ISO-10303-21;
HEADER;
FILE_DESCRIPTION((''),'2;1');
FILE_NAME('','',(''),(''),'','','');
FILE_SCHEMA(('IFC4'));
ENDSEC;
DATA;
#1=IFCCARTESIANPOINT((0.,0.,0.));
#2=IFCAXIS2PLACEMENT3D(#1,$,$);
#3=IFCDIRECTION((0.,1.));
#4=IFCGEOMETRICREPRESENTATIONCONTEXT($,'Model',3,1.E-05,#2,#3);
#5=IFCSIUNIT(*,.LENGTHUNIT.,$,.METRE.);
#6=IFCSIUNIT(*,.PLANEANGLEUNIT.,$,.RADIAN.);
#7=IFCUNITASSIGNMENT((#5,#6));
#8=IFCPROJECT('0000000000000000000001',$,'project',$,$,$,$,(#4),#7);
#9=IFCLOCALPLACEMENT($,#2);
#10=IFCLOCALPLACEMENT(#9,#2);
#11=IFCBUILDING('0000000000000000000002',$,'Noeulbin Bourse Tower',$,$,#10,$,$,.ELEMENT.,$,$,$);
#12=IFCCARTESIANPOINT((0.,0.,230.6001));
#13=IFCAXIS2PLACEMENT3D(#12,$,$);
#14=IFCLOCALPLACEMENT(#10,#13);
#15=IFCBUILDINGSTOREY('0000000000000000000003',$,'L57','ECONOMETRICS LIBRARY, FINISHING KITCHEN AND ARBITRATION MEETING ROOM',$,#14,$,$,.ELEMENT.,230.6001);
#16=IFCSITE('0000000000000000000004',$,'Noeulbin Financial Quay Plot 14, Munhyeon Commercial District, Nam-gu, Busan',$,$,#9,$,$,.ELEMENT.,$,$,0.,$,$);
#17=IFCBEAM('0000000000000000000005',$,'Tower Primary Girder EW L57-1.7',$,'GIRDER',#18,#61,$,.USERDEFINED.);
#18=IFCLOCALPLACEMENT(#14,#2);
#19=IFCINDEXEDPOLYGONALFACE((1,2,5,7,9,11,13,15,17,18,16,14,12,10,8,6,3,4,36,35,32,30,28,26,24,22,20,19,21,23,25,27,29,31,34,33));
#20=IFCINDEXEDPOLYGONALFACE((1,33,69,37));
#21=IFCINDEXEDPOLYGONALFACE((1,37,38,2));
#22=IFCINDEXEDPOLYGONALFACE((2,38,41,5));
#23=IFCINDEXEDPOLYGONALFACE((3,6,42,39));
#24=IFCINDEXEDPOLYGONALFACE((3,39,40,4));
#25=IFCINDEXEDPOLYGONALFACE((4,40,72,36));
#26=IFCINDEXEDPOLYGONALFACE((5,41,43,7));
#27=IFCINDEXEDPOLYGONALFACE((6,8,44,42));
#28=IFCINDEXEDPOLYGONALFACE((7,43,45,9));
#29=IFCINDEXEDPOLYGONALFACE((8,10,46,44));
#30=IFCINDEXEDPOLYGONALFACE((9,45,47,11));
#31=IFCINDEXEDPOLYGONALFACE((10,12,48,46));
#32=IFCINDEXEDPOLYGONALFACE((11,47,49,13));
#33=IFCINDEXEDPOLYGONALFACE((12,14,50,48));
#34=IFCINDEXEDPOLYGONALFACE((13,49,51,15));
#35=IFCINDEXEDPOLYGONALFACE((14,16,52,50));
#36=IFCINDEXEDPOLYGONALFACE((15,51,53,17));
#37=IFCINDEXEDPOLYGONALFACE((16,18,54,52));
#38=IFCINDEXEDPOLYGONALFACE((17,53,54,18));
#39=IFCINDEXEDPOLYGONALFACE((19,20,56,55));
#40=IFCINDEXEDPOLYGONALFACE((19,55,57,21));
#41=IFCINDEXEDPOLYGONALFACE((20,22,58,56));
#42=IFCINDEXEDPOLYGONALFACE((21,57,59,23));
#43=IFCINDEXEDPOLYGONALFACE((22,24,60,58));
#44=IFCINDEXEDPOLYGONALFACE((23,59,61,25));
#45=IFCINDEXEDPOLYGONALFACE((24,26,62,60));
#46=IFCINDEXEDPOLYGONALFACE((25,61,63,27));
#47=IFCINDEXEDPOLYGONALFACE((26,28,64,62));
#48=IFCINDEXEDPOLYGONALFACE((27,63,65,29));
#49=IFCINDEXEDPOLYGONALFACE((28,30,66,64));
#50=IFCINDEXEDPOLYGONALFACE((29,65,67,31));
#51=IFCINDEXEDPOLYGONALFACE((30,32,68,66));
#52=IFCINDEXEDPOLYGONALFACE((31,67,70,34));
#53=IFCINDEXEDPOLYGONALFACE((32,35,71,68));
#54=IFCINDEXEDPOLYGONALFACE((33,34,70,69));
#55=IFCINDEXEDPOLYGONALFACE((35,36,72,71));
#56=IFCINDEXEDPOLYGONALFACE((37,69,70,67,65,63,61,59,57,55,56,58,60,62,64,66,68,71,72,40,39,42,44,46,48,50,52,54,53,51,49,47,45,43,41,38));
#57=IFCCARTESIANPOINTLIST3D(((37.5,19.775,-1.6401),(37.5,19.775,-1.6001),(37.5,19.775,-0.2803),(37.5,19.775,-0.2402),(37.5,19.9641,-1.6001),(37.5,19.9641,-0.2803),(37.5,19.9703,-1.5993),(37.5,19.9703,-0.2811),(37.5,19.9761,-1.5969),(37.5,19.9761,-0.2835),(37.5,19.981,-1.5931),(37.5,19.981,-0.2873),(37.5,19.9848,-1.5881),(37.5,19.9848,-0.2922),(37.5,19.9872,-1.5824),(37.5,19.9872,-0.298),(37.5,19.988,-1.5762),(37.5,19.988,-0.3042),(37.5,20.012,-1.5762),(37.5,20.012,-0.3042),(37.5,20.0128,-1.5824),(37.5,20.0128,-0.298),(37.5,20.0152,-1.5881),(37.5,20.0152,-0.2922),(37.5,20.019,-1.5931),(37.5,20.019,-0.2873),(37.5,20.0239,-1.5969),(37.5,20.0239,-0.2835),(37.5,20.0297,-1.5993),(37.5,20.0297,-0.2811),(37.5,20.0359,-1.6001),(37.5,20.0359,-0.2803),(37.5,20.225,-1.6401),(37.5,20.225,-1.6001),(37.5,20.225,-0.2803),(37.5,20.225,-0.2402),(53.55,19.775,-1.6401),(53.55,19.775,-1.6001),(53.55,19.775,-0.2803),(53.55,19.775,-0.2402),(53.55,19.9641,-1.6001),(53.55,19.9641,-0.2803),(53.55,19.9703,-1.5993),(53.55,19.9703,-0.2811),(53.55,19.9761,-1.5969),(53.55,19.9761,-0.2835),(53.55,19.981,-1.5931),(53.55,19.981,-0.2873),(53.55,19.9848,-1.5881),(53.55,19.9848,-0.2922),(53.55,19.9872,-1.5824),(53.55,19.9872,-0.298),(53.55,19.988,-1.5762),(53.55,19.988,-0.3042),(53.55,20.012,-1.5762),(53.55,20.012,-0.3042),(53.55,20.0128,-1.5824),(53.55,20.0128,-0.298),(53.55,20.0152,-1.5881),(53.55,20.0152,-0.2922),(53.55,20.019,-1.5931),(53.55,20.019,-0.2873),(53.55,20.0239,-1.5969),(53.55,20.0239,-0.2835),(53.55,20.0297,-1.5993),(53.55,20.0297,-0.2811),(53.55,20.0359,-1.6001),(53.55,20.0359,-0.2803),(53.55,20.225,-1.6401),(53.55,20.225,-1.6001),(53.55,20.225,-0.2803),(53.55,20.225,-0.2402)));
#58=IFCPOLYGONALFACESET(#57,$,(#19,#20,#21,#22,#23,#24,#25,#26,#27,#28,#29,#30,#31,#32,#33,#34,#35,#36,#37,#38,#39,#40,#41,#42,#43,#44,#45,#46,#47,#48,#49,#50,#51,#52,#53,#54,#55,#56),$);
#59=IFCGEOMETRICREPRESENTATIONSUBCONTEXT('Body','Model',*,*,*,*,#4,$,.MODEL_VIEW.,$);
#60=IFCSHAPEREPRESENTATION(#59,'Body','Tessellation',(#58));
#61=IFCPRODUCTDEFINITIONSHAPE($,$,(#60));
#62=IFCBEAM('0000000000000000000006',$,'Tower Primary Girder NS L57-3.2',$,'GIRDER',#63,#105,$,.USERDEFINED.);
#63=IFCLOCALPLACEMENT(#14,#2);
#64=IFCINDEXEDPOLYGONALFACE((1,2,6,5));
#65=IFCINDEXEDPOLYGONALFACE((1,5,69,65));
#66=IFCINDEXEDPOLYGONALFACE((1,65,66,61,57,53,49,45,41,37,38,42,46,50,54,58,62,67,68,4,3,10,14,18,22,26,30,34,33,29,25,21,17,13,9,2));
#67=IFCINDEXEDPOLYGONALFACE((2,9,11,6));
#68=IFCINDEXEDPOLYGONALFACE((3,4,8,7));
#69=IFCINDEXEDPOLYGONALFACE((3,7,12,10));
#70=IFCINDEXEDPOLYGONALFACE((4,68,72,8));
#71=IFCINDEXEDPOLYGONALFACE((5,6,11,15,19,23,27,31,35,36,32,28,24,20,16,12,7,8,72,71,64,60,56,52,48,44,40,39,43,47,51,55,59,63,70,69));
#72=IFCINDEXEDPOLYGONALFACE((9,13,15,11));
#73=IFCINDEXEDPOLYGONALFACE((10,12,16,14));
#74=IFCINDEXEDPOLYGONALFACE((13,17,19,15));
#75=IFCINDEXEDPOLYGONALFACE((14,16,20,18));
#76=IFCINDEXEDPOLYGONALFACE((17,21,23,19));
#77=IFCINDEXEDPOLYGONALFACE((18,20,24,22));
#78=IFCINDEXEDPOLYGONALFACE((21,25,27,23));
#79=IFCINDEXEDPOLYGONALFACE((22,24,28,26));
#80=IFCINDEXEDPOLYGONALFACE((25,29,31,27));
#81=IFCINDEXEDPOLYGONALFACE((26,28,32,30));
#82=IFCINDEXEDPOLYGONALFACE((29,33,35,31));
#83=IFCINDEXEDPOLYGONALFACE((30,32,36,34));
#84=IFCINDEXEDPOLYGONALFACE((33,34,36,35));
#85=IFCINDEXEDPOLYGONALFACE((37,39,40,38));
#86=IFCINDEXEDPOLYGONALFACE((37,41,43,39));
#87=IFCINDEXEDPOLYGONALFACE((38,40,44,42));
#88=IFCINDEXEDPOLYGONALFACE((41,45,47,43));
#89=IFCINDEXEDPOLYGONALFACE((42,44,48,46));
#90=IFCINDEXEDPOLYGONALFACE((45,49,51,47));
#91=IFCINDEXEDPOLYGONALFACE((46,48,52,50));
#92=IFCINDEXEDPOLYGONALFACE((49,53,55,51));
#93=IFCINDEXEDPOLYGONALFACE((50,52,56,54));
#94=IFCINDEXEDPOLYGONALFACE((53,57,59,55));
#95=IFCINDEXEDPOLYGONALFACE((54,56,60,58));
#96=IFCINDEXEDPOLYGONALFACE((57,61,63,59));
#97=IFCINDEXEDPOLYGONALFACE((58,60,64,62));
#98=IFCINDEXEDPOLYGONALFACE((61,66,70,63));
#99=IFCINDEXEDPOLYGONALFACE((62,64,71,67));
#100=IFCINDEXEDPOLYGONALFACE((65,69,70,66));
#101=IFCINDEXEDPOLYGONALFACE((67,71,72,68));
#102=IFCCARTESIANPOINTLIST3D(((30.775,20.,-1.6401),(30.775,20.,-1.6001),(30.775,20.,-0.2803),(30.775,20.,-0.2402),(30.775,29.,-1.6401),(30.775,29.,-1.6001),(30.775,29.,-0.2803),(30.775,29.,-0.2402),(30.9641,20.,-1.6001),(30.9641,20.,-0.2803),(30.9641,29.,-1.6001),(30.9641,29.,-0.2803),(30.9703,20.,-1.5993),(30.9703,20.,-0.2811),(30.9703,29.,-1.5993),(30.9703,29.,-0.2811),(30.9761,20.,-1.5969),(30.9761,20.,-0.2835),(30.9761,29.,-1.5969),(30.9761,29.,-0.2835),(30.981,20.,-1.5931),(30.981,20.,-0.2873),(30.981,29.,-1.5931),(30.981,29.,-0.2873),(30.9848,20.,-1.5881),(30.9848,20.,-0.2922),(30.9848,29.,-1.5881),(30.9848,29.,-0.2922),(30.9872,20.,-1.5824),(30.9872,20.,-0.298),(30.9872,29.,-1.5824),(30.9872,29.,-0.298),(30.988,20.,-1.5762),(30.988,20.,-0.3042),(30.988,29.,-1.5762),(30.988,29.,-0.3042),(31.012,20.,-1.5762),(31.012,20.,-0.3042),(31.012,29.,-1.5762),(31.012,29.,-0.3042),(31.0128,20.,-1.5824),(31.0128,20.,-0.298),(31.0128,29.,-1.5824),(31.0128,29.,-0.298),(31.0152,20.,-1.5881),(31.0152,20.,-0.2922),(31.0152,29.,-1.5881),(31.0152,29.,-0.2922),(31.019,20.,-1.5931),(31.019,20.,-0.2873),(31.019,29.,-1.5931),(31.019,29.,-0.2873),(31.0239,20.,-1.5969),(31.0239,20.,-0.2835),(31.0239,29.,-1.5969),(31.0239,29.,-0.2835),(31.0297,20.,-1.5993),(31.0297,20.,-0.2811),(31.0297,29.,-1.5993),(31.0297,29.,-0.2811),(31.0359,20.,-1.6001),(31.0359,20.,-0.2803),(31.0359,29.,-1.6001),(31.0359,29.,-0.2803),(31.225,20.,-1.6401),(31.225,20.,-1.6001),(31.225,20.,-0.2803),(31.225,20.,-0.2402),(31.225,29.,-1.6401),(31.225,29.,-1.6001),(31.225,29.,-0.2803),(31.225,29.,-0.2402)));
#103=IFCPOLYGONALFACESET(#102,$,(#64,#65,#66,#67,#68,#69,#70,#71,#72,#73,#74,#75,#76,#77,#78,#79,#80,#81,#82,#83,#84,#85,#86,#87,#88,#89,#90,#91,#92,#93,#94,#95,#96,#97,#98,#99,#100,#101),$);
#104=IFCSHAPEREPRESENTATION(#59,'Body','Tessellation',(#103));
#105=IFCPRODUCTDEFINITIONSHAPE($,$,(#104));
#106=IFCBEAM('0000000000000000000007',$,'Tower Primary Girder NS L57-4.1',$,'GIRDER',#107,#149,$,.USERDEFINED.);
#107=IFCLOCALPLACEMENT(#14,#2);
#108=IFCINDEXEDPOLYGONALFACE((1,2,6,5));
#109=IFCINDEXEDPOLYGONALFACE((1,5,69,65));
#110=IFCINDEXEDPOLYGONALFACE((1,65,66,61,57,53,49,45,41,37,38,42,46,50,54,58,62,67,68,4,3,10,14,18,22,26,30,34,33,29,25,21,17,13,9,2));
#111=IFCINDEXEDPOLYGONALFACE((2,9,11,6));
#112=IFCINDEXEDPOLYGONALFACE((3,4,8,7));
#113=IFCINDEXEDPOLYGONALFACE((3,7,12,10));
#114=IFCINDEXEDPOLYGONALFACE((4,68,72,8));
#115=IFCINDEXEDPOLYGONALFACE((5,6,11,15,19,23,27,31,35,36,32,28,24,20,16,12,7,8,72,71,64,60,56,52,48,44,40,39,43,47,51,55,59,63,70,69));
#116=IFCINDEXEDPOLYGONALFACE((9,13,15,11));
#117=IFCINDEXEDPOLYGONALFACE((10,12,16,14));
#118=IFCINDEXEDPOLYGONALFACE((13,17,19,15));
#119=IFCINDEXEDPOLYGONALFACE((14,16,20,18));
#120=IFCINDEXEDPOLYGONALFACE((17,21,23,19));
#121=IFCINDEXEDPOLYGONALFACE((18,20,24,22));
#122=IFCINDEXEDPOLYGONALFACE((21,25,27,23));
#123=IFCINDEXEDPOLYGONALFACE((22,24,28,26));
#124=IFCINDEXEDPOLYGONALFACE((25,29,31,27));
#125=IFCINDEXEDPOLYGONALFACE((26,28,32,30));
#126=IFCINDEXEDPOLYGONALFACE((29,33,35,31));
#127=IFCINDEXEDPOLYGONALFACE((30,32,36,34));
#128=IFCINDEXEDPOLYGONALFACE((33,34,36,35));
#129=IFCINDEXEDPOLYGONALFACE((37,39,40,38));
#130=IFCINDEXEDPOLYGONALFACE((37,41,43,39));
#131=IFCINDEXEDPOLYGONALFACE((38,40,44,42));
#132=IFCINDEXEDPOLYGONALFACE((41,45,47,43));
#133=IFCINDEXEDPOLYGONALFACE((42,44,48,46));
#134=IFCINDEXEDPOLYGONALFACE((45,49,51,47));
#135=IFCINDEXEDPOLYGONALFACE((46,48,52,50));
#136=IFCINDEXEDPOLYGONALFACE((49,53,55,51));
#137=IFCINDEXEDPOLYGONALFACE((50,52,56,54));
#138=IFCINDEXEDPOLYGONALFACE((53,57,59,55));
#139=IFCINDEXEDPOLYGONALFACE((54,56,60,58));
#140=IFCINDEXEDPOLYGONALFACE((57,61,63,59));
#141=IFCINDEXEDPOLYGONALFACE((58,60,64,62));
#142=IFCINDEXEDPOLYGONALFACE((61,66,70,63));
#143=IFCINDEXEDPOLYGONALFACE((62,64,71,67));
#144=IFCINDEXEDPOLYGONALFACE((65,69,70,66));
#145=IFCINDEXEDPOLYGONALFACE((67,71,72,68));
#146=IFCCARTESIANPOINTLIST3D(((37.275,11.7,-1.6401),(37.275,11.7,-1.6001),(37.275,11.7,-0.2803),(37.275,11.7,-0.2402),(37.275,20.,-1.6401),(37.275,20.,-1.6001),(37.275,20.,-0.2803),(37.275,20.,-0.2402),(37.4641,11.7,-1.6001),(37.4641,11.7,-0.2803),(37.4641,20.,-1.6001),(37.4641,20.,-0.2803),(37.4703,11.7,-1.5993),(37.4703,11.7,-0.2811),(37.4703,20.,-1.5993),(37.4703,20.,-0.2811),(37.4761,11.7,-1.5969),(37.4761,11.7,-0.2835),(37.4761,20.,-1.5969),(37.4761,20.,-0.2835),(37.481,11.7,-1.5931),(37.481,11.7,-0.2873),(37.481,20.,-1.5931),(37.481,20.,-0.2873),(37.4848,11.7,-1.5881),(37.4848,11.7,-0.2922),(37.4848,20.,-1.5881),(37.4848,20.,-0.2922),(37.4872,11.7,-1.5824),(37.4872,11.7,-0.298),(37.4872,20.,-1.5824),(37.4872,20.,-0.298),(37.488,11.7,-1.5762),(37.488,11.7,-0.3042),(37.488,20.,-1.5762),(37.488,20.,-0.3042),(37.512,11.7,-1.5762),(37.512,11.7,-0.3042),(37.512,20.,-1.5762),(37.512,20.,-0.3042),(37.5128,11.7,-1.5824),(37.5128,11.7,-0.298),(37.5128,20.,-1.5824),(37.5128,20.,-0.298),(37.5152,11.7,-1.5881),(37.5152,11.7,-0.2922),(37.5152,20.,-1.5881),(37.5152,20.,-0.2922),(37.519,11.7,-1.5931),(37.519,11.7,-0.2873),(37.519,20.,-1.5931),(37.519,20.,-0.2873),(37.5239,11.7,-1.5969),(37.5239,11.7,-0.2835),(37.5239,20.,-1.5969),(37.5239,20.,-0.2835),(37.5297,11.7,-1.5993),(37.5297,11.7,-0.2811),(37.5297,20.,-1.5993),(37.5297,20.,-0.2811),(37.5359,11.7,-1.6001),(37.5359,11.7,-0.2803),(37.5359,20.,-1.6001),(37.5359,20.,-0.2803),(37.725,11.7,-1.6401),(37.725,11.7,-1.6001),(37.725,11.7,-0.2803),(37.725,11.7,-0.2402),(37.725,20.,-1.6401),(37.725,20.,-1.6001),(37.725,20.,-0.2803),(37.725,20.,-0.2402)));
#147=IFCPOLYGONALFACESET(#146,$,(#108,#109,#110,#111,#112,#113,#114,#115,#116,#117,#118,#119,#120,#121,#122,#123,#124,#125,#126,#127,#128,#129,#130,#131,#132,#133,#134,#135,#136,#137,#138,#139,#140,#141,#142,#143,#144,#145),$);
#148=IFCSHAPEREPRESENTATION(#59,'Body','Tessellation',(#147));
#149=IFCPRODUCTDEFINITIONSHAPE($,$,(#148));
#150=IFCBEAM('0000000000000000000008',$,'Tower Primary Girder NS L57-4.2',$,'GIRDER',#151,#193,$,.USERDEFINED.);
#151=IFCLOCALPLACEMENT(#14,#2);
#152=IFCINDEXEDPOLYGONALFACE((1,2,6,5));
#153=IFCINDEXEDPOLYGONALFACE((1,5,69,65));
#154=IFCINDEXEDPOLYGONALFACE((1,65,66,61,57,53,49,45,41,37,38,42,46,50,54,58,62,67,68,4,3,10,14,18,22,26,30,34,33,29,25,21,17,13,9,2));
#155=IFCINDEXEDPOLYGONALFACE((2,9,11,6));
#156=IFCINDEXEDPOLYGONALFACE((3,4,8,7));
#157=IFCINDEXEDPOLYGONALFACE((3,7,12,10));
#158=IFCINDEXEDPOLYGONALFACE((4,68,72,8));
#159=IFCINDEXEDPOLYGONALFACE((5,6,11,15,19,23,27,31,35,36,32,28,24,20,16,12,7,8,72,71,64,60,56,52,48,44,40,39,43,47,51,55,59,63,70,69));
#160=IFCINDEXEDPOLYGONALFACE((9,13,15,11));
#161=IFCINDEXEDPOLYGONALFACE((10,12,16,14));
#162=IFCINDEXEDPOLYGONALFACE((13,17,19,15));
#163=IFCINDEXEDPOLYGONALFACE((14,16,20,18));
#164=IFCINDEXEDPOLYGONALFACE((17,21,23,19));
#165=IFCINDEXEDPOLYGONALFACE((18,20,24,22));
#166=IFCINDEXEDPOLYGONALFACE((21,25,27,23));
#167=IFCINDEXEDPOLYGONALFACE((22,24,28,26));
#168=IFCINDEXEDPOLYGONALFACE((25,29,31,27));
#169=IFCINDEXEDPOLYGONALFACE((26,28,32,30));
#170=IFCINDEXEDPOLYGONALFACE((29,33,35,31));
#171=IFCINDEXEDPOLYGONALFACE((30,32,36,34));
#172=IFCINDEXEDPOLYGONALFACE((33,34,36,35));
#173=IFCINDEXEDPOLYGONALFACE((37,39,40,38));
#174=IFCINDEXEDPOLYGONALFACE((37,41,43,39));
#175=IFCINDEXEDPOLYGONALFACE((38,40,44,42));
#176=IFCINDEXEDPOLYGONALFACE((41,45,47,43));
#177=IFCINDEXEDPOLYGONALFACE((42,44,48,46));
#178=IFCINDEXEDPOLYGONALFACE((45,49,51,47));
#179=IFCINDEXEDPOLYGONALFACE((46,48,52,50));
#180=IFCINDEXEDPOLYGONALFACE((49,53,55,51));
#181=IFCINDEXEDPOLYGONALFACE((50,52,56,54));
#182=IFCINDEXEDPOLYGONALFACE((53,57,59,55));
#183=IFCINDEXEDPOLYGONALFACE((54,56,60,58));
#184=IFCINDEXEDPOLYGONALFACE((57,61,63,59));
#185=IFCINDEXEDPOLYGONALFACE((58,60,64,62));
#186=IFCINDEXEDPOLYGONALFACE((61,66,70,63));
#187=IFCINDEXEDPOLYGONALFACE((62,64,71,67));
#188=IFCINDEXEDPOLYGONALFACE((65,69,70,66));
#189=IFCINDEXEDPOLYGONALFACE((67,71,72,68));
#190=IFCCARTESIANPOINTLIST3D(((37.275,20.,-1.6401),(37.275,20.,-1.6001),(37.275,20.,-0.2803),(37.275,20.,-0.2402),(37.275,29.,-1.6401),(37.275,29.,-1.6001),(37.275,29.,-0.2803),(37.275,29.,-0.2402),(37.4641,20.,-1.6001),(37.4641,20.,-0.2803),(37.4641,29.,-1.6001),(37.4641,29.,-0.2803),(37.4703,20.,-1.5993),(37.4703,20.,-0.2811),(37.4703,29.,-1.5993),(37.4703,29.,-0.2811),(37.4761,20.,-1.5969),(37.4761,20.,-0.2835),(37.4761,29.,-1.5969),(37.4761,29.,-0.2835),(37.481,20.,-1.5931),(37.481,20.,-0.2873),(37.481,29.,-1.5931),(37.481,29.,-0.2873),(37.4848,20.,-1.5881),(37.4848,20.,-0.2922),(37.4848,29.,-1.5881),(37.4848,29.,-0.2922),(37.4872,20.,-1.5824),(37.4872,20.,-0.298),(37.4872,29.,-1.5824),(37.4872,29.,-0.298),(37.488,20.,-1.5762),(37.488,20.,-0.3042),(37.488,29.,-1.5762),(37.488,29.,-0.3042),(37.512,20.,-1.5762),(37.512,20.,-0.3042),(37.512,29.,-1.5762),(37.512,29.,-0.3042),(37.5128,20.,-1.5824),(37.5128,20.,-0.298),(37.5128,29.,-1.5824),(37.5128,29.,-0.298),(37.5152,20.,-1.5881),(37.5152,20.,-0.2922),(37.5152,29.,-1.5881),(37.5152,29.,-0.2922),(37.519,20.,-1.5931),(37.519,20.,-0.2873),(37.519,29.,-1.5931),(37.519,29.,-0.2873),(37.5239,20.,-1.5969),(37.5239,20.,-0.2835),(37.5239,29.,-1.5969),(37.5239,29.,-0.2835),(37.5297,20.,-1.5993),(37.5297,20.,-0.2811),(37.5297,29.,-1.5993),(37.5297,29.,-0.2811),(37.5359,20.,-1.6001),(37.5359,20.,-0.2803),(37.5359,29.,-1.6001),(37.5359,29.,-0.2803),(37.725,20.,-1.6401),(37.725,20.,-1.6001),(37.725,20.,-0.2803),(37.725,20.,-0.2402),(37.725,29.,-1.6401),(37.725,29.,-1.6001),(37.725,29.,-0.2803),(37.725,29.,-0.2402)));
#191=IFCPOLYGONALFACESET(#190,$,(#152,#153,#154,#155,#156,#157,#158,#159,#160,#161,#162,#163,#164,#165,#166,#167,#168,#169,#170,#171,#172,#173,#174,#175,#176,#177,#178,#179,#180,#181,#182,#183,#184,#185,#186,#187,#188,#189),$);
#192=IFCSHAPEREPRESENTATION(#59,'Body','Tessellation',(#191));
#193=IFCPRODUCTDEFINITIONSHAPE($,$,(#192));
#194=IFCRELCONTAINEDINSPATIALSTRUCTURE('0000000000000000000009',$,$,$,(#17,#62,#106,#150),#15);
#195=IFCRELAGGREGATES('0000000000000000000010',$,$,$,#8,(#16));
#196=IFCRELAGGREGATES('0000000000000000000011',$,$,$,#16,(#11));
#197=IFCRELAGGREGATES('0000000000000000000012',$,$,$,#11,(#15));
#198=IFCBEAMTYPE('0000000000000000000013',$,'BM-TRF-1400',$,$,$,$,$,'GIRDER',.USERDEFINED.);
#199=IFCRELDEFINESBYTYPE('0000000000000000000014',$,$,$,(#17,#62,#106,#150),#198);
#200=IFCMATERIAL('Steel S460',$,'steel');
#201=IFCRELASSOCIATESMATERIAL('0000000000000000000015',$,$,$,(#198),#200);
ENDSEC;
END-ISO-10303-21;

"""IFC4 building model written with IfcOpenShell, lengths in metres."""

from ifc_helpers import new_model, si_unit, direction, frame, origin, origin_2d, place, context, subcontext, project, spatial, i_section, extrude, material, material_profile, profile_set, type_object, element, save


model = new_model("IFC4")

# Units and contexts
model_context = context("Model", 3, precision=1e-05, world=origin(), true_north=direction((0.0, 1.0)))
body_context = subcontext(model_context, "Body", "Model", "MODEL_VIEW")
ifc_project = project(units=[si_unit("LENGTHUNIT", "METRE"), si_unit("PLANEANGLEUNIT", "RADIAN")], contexts=[model_context])

# Site, building, storey
site_placement = place(None, origin())
site = spatial("IfcSite", under=ifc_project, at=site_placement, Name="Noeulbin Financial Quay Plot 14, Munhyeon Commercial District, Nam-gu, Busan", CompositionType="ELEMENT", RefElevation=0.0)
building_placement = place(site_placement, origin())
building = spatial("IfcBuilding", under=site, at=building_placement, Name="Noeulbin Bourse Tower", CompositionType="ELEMENT")
storey_placement = place(building_placement, frame((0.0, 0.0, 230.6001)))
storey = spatial("IfcBuildingStorey", under=building, at=storey_placement, Name="L57", Description="ECONOMETRICS LIBRARY, FINISHING KITCHEN AND ARBITRATION MEETING ROOM", CompositionType="ELEMENT", Elevation=230.6001)

# Beams
ifc_material_1 = material(Name="Steel S460", Category="steel")
ifc_material_profile_1 = material_profile(ifc_material_1, i_section(OverallWidth=0.45, OverallDepth=1.3999, WebThickness=0.0239, FlangeThickness=0.04, FilletRadius=0.0239, at=origin_2d()), Name="PG-1400x450x24x40", Category="LoadBearing")
ifc_profile_set_1 = profile_set([ifc_material_profile_1], Name="Steel S460")
beam_type_1 = type_object("IfcBeamType", Name="BM-TRF-1400", ElementType="GIRDER", PredefinedType="USERDEFINED", material=ifc_profile_set_1)
beam_1_placement = place(storey_placement, frame((37.5, 20.0, -0.9402), z_axis=(1.0, 0.0, 0.0), x_axis=(0.0, 1.0, 0.0)))
element("IfcBeam", 1, at=beam_1_placement, inside=storey, type_object=beam_type_1, Name="Tower Primary Girder EW L57-1.7", ObjectType="GIRDER", PredefinedType="USERDEFINED", context=body_context, shape_type="SweptSolid", body=[
    extrude(i_section(OverallWidth=0.45, OverallDepth=1.3999, WebThickness=0.0239, FlangeThickness=0.04, FilletRadius=0.0239, at=origin_2d()), origin(), (0.0, 0.0, 1.0), 16.05),
])
beam_2_placement = place(storey_placement, frame((31.0, 20.0, -0.9402), z_axis=(0.0, 1.0, 0.0), x_axis=(-1.0, 0.0, 0.0)))
element("IfcBeam", 2, at=beam_2_placement, inside=storey, type_object=beam_type_1, Name="Tower Primary Girder NS L57-3.2", ObjectType="GIRDER", PredefinedType="USERDEFINED", context=body_context, shape_type="SweptSolid", body=[
    extrude(i_section(OverallWidth=0.45, OverallDepth=1.3999, WebThickness=0.0239, FlangeThickness=0.04, FilletRadius=0.0239, at=origin_2d()), origin(), (0.0, 0.0, 1.0), 9.0),
])
beam_3_placement = place(storey_placement, frame((37.5, 11.7, -0.9402), z_axis=(0.0, 1.0, 0.0), x_axis=(-1.0, 0.0, 0.0)))
element("IfcBeam", 3, at=beam_3_placement, inside=storey, type_object=beam_type_1, Name="Tower Primary Girder NS L57-4.1", ObjectType="GIRDER", PredefinedType="USERDEFINED", context=body_context, shape_type="SweptSolid", body=[
    extrude(i_section(OverallWidth=0.45, OverallDepth=1.3999, WebThickness=0.0239, FlangeThickness=0.04, FilletRadius=0.0239, at=origin_2d()), origin(), (0.0, 0.0, 1.0), 8.3),
])
beam_4_placement = place(storey_placement, frame((37.5, 20.0, -0.9402), z_axis=(0.0, 1.0, 0.0), x_axis=(-1.0, 0.0, 0.0)))
element("IfcBeam", 4, at=beam_4_placement, inside=storey, type_object=beam_type_1, Name="Tower Primary Girder NS L57-4.2", ObjectType="GIRDER", PredefinedType="USERDEFINED", context=body_context, shape_type="SweptSolid", body=[
    extrude(i_section(OverallWidth=0.45, OverallDepth=1.3999, WebThickness=0.0239, FlangeThickness=0.04, FilletRadius=0.0239, at=origin_2d()), origin(), (0.0, 0.0, 1.0), 9.0),
])

save(model, "model.ifc")
